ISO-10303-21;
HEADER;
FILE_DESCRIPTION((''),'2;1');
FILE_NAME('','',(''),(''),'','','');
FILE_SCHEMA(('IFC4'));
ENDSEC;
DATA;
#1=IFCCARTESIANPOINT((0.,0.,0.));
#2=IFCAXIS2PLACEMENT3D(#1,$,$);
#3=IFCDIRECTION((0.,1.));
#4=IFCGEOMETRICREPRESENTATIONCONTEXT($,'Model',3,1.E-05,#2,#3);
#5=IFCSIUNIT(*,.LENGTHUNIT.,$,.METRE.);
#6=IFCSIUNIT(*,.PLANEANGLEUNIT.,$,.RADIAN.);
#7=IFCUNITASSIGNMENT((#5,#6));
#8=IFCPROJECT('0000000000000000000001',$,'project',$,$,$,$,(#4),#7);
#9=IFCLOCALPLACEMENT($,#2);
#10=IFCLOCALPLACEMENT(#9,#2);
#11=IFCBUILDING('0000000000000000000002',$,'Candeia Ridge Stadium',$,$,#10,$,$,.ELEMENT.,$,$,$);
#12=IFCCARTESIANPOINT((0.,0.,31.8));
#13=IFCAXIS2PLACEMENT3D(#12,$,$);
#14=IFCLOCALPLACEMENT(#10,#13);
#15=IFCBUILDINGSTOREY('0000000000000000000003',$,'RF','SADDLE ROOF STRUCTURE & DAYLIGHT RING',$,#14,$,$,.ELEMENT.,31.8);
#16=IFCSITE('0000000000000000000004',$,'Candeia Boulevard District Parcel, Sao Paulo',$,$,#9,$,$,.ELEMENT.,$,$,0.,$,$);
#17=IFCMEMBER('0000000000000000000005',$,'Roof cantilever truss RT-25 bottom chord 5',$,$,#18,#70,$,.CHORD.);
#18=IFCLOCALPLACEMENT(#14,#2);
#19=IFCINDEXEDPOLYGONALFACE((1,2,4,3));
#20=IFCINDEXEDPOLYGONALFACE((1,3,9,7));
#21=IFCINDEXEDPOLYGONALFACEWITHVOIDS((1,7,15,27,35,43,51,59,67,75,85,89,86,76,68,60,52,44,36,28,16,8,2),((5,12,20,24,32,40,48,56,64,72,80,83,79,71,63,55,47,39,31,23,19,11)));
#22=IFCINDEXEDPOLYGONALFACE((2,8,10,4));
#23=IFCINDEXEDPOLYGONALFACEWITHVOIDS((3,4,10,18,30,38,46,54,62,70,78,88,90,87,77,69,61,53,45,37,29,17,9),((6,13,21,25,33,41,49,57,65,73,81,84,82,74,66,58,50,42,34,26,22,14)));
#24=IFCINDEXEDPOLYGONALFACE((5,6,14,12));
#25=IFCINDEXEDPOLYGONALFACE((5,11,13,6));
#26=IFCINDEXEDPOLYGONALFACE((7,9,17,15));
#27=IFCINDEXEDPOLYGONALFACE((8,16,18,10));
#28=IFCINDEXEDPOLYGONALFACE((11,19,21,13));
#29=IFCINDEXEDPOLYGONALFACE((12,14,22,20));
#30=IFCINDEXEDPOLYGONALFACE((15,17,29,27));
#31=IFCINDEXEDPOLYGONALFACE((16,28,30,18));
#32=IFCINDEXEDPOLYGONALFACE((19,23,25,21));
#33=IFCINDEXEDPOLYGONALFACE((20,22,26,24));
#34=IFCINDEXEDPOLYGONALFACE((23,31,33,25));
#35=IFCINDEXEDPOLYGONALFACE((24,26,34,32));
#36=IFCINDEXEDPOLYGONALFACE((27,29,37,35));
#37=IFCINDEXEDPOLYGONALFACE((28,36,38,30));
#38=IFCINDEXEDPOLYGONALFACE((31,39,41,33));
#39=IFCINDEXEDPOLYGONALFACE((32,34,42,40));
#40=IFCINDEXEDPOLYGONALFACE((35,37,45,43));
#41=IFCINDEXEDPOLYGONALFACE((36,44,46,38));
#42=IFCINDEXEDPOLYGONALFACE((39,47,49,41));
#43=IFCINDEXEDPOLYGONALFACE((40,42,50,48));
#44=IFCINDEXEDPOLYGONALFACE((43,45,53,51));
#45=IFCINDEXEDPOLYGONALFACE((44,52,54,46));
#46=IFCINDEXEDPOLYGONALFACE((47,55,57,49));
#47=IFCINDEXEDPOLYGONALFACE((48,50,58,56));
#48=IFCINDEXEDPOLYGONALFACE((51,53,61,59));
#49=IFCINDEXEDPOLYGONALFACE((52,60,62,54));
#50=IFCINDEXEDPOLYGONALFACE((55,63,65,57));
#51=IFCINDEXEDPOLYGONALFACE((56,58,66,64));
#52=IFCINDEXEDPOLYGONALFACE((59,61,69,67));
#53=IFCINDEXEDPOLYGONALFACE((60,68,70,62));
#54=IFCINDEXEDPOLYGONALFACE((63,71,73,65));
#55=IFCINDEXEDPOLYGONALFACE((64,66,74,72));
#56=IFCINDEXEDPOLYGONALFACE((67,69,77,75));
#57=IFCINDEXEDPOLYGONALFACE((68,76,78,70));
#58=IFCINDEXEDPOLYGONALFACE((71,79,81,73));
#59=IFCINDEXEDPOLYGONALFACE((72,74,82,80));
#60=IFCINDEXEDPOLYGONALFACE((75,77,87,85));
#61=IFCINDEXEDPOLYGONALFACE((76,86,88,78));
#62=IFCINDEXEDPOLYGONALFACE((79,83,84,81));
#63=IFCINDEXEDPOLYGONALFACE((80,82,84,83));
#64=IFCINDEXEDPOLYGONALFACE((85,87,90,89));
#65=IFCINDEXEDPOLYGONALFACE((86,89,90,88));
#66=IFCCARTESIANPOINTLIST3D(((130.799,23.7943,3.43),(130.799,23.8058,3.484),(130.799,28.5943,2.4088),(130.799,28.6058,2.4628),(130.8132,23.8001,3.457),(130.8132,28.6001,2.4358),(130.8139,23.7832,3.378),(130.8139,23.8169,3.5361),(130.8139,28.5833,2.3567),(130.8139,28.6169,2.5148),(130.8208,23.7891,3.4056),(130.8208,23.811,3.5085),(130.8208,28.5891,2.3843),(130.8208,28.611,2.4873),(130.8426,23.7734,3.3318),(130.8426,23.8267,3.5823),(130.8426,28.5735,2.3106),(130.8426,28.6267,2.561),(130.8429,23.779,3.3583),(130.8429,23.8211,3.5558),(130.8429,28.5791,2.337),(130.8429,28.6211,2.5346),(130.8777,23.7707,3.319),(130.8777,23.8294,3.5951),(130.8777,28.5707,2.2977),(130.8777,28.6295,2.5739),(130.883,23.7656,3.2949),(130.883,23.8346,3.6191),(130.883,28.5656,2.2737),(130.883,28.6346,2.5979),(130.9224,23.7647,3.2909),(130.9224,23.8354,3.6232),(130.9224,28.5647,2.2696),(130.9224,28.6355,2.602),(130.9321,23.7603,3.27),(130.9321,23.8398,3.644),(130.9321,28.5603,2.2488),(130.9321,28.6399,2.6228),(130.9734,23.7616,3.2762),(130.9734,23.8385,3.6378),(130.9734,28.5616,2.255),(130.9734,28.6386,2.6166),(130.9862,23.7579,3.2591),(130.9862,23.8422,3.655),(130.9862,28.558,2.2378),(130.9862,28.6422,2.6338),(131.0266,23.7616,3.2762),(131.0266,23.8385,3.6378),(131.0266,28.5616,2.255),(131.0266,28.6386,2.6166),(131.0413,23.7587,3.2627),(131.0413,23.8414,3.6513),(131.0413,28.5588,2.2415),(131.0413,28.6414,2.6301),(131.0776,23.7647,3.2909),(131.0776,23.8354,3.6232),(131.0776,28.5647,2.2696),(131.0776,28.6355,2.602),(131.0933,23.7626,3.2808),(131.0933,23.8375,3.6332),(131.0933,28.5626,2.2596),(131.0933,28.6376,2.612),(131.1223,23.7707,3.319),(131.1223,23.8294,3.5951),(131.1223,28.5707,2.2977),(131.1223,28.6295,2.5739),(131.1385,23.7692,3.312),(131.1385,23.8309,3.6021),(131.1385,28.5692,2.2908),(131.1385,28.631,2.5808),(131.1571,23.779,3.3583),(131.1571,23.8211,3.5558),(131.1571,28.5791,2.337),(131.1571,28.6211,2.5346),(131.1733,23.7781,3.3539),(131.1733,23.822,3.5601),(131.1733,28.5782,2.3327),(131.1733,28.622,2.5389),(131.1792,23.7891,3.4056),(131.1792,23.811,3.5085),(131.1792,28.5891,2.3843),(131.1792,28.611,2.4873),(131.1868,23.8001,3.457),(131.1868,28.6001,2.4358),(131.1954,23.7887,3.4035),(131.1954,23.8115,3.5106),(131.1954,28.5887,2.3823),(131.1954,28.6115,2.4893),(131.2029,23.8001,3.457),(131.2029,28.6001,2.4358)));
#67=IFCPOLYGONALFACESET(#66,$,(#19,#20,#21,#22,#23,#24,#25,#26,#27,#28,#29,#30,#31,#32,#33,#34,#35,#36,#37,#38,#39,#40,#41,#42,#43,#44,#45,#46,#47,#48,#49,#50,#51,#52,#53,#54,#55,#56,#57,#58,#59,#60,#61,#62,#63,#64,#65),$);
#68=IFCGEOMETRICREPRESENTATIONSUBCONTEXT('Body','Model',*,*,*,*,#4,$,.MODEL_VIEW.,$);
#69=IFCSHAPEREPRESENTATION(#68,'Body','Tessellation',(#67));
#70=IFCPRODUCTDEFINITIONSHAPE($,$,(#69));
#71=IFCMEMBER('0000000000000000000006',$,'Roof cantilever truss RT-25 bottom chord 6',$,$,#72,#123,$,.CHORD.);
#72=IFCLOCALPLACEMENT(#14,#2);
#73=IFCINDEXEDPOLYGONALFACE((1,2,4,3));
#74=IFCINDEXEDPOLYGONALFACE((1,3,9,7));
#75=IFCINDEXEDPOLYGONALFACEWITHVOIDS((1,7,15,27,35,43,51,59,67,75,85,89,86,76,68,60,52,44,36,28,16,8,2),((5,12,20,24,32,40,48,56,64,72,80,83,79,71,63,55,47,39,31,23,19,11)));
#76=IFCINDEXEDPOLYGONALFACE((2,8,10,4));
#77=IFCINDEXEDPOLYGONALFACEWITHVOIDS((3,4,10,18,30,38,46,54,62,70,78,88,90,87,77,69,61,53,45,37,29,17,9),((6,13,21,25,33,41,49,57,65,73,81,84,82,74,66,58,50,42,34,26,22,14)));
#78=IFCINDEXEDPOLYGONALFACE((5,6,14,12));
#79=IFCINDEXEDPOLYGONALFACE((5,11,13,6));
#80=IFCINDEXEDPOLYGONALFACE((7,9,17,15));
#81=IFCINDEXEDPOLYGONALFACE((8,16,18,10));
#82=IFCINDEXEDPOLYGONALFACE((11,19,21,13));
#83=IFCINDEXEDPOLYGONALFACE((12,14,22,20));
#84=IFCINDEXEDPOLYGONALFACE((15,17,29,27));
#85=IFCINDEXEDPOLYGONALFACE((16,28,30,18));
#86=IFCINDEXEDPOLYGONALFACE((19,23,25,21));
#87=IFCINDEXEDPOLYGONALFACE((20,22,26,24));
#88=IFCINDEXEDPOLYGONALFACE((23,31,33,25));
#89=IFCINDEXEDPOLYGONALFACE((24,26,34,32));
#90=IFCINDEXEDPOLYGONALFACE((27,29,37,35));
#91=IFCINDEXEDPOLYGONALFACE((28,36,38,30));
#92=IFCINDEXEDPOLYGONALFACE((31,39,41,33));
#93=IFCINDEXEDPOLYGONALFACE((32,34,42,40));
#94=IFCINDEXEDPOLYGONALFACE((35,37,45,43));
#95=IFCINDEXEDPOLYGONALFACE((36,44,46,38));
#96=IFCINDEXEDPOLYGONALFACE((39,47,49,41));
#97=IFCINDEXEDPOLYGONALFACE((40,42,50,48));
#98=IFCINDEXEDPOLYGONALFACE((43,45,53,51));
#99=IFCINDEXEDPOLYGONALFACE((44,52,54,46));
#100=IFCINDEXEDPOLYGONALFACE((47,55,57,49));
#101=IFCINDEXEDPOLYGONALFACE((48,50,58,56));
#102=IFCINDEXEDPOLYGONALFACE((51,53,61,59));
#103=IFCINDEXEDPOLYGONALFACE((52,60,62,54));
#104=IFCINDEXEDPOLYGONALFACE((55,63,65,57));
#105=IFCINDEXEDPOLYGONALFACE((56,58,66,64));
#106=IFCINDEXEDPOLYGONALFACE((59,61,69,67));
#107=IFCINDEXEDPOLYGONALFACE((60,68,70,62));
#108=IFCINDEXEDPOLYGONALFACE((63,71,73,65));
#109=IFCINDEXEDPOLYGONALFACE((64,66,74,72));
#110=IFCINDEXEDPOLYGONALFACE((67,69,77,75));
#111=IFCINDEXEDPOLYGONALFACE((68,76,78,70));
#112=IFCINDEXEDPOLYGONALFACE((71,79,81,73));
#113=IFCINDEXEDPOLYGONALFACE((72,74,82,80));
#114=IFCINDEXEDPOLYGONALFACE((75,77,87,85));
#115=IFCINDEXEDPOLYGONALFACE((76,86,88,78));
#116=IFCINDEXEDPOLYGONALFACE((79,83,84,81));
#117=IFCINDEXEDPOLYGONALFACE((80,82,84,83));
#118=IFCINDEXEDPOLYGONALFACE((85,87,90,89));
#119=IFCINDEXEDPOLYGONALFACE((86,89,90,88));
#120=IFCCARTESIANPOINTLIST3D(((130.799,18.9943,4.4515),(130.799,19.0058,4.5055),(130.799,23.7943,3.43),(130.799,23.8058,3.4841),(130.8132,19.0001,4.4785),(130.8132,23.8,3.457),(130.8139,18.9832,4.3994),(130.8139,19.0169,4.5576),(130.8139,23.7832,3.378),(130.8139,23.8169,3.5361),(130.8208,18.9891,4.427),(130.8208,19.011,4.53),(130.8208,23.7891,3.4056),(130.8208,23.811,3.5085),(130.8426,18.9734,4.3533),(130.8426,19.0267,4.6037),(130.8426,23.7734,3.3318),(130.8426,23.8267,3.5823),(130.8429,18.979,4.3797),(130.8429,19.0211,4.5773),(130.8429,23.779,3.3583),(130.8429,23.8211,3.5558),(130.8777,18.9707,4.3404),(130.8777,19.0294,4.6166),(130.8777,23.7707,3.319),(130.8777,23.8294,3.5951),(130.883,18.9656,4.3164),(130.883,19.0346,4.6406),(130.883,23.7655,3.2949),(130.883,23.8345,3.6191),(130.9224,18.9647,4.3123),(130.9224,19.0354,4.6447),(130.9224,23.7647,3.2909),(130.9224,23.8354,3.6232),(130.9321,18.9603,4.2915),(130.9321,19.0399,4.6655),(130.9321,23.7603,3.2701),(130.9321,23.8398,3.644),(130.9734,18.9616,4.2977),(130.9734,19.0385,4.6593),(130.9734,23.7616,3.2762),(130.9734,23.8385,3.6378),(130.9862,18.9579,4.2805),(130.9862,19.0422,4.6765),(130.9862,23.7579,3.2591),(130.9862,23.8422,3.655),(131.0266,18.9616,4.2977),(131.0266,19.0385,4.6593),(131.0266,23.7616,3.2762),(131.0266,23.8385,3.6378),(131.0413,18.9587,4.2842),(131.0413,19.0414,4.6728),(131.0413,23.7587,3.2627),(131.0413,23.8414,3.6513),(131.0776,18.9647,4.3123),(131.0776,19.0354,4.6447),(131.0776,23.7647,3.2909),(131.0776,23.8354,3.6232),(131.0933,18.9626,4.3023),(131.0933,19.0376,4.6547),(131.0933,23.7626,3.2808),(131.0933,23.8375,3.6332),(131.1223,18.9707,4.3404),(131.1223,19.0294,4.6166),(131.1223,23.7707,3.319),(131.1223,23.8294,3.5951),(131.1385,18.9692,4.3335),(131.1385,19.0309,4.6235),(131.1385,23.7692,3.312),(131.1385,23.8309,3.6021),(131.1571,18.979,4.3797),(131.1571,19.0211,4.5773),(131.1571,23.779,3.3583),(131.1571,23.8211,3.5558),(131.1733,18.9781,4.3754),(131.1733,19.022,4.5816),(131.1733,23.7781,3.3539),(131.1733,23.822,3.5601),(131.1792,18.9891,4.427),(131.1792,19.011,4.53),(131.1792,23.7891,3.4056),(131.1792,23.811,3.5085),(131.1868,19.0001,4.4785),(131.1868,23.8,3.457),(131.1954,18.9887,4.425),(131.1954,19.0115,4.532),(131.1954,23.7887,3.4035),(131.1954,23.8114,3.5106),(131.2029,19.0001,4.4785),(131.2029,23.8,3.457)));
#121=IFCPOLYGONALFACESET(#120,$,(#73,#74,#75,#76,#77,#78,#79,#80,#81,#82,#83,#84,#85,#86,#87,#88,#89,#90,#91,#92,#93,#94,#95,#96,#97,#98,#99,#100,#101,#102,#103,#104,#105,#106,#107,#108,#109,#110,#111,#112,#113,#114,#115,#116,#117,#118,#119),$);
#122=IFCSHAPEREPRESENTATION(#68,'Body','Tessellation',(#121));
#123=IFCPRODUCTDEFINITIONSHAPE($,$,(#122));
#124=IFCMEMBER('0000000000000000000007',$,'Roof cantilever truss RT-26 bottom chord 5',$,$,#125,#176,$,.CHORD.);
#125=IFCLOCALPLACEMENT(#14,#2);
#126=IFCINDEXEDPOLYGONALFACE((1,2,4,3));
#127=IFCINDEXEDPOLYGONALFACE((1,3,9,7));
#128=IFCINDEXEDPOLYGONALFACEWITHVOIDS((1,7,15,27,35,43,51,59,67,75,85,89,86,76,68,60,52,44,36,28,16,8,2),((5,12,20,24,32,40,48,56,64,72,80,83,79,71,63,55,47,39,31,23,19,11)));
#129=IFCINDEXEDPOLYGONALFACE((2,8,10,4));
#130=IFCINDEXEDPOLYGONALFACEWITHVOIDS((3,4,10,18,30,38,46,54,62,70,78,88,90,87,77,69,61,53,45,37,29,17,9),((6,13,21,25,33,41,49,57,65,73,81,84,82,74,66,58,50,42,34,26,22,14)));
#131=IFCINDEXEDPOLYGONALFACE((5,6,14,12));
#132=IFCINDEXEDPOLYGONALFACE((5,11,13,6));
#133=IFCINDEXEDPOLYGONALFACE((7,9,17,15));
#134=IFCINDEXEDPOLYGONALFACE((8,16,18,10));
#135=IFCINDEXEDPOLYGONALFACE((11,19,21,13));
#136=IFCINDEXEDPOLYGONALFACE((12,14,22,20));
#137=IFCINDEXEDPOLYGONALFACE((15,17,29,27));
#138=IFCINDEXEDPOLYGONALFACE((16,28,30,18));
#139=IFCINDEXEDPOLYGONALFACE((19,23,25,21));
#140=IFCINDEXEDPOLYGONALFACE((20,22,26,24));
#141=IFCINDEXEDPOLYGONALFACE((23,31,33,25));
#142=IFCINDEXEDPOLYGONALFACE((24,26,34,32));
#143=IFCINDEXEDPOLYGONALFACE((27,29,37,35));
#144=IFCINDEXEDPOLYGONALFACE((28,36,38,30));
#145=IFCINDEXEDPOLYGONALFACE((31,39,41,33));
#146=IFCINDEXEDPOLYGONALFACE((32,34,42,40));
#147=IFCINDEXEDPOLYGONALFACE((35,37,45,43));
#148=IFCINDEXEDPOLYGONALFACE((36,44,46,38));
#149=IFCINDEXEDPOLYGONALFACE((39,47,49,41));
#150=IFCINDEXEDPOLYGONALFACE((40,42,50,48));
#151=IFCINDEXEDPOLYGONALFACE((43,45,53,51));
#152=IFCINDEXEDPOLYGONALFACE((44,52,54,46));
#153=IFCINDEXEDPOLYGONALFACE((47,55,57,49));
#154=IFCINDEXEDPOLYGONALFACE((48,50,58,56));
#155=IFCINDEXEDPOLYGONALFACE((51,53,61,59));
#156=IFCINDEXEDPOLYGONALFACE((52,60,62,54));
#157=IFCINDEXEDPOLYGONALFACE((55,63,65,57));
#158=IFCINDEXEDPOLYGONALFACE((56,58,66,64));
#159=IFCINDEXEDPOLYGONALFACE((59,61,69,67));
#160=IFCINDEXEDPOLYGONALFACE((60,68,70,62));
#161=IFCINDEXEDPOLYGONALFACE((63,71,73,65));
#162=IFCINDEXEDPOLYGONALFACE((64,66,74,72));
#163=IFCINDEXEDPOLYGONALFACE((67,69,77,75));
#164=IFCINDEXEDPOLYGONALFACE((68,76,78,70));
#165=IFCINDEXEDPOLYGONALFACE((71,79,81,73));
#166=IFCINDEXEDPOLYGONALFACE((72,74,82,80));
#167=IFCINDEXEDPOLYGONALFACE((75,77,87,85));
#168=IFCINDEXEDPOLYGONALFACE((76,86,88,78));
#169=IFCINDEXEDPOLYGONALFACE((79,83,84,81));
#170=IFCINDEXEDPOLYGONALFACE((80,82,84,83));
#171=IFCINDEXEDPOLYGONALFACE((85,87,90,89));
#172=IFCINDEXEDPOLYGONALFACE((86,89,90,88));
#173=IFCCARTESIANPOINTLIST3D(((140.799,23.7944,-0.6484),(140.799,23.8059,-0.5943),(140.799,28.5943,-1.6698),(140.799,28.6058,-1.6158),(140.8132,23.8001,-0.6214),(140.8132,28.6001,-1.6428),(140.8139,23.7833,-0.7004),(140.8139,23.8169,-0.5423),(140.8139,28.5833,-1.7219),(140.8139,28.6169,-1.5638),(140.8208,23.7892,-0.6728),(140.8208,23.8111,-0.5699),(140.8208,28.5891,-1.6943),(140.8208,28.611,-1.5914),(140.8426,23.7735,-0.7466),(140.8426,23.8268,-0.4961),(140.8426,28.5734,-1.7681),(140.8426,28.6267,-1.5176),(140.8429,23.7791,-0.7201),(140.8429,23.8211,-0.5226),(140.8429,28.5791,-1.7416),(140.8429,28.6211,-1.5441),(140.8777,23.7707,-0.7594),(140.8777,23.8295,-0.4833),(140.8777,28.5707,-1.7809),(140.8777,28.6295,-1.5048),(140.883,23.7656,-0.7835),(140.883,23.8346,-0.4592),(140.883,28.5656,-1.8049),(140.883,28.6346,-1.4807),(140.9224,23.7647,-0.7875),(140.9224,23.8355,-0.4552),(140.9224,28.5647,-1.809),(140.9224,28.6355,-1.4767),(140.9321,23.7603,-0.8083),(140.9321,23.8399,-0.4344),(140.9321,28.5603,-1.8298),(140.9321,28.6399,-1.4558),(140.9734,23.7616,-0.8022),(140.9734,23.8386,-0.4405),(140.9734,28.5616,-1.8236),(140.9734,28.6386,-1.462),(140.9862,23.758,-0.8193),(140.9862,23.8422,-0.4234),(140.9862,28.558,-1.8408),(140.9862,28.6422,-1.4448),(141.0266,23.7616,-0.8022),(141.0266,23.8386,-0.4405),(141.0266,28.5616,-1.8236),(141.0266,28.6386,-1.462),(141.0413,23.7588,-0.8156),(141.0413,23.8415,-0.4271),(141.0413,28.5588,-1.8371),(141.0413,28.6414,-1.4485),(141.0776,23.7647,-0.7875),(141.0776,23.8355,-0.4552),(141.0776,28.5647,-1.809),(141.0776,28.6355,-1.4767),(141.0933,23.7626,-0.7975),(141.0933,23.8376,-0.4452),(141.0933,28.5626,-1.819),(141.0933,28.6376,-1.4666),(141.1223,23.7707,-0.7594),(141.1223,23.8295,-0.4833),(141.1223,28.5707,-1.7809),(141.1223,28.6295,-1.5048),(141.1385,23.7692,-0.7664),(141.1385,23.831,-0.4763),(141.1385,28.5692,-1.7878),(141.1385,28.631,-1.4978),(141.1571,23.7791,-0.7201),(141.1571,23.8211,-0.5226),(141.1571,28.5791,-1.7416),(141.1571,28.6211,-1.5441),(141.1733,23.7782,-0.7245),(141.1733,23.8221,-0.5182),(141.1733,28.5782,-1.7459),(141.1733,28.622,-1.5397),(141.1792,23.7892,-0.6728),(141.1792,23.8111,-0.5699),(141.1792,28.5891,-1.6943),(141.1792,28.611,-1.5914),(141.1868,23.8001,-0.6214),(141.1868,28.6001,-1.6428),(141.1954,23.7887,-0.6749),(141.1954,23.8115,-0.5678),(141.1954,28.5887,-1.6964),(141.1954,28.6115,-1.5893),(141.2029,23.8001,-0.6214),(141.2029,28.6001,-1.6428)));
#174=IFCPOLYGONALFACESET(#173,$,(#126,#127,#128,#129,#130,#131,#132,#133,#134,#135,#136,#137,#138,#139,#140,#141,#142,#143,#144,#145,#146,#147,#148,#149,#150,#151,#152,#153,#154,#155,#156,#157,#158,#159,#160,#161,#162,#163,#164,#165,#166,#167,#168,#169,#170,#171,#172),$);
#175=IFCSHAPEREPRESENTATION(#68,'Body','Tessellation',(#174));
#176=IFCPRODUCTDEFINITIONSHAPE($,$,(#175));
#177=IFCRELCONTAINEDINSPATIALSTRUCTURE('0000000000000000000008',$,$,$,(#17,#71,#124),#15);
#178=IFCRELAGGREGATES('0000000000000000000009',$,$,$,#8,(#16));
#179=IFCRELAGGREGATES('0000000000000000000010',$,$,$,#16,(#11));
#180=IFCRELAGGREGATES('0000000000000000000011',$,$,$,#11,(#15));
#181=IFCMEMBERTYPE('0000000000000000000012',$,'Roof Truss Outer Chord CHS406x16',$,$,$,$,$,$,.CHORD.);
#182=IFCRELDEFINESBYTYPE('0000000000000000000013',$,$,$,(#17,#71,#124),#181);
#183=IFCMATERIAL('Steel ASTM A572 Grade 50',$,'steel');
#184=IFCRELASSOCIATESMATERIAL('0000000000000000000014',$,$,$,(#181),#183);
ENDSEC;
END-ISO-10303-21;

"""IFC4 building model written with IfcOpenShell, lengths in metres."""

from ifc_helpers import new_model, si_unit, direction, frame, origin, origin_2d, place, context, subcontext, project, spatial, hollow_circle, extrude, material, material_profile, profile_set, type_object, element, save


model = new_model("IFC4")

# Units and contexts
model_context = context("Model", 3, precision=1e-05, world=origin(), true_north=direction((0.0, 1.0)))
body_context = subcontext(model_context, "Body", "Model", "MODEL_VIEW")
ifc_project = project(units=[si_unit("LENGTHUNIT", "METRE"), si_unit("PLANEANGLEUNIT", "RADIAN")], contexts=[model_context])

# Site, building, storey
site_placement = place(None, origin())
site = spatial("IfcSite", under=ifc_project, at=site_placement, Name="Candeia Boulevard District Parcel, Sao Paulo", CompositionType="ELEMENT", RefElevation=0.0)
building_placement = place(site_placement, origin())
building = spatial("IfcBuilding", under=site, at=building_placement, Name="Candeia Ridge Stadium", CompositionType="ELEMENT")
storey_placement = place(building_placement, frame((0.0, 0.0, 31.8)))
storey = spatial("IfcBuildingStorey", under=building, at=storey_placement, Name="RF", Description="SADDLE ROOF STRUCTURE & DAYLIGHT RING", CompositionType="ELEMENT", Elevation=31.8)

# Shared definitions
ifc_material_1 = material(Name="Steel ASTM A572 Grade 50", Category="steel")

# Members
ifc_material_profile_1 = material_profile(ifc_material_1, hollow_circle(Radius=0.2029, WallThickness=0.0161, at=origin_2d()), Name="CHS406x16", Category="steel")
ifc_profile_set_1 = profile_set([ifc_material_profile_1], Name="Steel ASTM A572 Grade 50")
member_type_1 = type_object("IfcMemberType", Name="Roof Truss Outer Chord CHS406x16", PredefinedType="CHORD", material=ifc_profile_set_1)
for number, where, z_axis, x_axis, name in (
    (1, (131.0, 28.6001, 2.4358), (0.0, -0.978108, 0.208099), (1.0, 0.0, 0.0), "Roof cantilever truss RT-25 bottom chord 5"),
    (2, (131.0, 23.8, 3.457), (0.0, -0.978098, 0.208146), (1.0, 0.0, 0.0), "Roof cantilever truss RT-25 bottom chord 6"),
    (3, (141.0, 28.6001, -1.6428), (0.0, -0.978098, 0.208146), (1.0, 0.0, 0.0), "Roof cantilever truss RT-26 bottom chord 5"),
):
    element("IfcMember", number, at=place(storey_placement, frame(where, z_axis=z_axis, x_axis=x_axis)), inside=storey, type_object=member_type_1, Name=name, PredefinedType="CHORD", context=body_context, shape_type="SweptSolid", body=[
        extrude(hollow_circle(Radius=0.2029, WallThickness=0.0161, at=origin_2d()), origin(), (0.0, 0.0, 1.0), 4.9075),
    ])

save(model, "model.ifc")
